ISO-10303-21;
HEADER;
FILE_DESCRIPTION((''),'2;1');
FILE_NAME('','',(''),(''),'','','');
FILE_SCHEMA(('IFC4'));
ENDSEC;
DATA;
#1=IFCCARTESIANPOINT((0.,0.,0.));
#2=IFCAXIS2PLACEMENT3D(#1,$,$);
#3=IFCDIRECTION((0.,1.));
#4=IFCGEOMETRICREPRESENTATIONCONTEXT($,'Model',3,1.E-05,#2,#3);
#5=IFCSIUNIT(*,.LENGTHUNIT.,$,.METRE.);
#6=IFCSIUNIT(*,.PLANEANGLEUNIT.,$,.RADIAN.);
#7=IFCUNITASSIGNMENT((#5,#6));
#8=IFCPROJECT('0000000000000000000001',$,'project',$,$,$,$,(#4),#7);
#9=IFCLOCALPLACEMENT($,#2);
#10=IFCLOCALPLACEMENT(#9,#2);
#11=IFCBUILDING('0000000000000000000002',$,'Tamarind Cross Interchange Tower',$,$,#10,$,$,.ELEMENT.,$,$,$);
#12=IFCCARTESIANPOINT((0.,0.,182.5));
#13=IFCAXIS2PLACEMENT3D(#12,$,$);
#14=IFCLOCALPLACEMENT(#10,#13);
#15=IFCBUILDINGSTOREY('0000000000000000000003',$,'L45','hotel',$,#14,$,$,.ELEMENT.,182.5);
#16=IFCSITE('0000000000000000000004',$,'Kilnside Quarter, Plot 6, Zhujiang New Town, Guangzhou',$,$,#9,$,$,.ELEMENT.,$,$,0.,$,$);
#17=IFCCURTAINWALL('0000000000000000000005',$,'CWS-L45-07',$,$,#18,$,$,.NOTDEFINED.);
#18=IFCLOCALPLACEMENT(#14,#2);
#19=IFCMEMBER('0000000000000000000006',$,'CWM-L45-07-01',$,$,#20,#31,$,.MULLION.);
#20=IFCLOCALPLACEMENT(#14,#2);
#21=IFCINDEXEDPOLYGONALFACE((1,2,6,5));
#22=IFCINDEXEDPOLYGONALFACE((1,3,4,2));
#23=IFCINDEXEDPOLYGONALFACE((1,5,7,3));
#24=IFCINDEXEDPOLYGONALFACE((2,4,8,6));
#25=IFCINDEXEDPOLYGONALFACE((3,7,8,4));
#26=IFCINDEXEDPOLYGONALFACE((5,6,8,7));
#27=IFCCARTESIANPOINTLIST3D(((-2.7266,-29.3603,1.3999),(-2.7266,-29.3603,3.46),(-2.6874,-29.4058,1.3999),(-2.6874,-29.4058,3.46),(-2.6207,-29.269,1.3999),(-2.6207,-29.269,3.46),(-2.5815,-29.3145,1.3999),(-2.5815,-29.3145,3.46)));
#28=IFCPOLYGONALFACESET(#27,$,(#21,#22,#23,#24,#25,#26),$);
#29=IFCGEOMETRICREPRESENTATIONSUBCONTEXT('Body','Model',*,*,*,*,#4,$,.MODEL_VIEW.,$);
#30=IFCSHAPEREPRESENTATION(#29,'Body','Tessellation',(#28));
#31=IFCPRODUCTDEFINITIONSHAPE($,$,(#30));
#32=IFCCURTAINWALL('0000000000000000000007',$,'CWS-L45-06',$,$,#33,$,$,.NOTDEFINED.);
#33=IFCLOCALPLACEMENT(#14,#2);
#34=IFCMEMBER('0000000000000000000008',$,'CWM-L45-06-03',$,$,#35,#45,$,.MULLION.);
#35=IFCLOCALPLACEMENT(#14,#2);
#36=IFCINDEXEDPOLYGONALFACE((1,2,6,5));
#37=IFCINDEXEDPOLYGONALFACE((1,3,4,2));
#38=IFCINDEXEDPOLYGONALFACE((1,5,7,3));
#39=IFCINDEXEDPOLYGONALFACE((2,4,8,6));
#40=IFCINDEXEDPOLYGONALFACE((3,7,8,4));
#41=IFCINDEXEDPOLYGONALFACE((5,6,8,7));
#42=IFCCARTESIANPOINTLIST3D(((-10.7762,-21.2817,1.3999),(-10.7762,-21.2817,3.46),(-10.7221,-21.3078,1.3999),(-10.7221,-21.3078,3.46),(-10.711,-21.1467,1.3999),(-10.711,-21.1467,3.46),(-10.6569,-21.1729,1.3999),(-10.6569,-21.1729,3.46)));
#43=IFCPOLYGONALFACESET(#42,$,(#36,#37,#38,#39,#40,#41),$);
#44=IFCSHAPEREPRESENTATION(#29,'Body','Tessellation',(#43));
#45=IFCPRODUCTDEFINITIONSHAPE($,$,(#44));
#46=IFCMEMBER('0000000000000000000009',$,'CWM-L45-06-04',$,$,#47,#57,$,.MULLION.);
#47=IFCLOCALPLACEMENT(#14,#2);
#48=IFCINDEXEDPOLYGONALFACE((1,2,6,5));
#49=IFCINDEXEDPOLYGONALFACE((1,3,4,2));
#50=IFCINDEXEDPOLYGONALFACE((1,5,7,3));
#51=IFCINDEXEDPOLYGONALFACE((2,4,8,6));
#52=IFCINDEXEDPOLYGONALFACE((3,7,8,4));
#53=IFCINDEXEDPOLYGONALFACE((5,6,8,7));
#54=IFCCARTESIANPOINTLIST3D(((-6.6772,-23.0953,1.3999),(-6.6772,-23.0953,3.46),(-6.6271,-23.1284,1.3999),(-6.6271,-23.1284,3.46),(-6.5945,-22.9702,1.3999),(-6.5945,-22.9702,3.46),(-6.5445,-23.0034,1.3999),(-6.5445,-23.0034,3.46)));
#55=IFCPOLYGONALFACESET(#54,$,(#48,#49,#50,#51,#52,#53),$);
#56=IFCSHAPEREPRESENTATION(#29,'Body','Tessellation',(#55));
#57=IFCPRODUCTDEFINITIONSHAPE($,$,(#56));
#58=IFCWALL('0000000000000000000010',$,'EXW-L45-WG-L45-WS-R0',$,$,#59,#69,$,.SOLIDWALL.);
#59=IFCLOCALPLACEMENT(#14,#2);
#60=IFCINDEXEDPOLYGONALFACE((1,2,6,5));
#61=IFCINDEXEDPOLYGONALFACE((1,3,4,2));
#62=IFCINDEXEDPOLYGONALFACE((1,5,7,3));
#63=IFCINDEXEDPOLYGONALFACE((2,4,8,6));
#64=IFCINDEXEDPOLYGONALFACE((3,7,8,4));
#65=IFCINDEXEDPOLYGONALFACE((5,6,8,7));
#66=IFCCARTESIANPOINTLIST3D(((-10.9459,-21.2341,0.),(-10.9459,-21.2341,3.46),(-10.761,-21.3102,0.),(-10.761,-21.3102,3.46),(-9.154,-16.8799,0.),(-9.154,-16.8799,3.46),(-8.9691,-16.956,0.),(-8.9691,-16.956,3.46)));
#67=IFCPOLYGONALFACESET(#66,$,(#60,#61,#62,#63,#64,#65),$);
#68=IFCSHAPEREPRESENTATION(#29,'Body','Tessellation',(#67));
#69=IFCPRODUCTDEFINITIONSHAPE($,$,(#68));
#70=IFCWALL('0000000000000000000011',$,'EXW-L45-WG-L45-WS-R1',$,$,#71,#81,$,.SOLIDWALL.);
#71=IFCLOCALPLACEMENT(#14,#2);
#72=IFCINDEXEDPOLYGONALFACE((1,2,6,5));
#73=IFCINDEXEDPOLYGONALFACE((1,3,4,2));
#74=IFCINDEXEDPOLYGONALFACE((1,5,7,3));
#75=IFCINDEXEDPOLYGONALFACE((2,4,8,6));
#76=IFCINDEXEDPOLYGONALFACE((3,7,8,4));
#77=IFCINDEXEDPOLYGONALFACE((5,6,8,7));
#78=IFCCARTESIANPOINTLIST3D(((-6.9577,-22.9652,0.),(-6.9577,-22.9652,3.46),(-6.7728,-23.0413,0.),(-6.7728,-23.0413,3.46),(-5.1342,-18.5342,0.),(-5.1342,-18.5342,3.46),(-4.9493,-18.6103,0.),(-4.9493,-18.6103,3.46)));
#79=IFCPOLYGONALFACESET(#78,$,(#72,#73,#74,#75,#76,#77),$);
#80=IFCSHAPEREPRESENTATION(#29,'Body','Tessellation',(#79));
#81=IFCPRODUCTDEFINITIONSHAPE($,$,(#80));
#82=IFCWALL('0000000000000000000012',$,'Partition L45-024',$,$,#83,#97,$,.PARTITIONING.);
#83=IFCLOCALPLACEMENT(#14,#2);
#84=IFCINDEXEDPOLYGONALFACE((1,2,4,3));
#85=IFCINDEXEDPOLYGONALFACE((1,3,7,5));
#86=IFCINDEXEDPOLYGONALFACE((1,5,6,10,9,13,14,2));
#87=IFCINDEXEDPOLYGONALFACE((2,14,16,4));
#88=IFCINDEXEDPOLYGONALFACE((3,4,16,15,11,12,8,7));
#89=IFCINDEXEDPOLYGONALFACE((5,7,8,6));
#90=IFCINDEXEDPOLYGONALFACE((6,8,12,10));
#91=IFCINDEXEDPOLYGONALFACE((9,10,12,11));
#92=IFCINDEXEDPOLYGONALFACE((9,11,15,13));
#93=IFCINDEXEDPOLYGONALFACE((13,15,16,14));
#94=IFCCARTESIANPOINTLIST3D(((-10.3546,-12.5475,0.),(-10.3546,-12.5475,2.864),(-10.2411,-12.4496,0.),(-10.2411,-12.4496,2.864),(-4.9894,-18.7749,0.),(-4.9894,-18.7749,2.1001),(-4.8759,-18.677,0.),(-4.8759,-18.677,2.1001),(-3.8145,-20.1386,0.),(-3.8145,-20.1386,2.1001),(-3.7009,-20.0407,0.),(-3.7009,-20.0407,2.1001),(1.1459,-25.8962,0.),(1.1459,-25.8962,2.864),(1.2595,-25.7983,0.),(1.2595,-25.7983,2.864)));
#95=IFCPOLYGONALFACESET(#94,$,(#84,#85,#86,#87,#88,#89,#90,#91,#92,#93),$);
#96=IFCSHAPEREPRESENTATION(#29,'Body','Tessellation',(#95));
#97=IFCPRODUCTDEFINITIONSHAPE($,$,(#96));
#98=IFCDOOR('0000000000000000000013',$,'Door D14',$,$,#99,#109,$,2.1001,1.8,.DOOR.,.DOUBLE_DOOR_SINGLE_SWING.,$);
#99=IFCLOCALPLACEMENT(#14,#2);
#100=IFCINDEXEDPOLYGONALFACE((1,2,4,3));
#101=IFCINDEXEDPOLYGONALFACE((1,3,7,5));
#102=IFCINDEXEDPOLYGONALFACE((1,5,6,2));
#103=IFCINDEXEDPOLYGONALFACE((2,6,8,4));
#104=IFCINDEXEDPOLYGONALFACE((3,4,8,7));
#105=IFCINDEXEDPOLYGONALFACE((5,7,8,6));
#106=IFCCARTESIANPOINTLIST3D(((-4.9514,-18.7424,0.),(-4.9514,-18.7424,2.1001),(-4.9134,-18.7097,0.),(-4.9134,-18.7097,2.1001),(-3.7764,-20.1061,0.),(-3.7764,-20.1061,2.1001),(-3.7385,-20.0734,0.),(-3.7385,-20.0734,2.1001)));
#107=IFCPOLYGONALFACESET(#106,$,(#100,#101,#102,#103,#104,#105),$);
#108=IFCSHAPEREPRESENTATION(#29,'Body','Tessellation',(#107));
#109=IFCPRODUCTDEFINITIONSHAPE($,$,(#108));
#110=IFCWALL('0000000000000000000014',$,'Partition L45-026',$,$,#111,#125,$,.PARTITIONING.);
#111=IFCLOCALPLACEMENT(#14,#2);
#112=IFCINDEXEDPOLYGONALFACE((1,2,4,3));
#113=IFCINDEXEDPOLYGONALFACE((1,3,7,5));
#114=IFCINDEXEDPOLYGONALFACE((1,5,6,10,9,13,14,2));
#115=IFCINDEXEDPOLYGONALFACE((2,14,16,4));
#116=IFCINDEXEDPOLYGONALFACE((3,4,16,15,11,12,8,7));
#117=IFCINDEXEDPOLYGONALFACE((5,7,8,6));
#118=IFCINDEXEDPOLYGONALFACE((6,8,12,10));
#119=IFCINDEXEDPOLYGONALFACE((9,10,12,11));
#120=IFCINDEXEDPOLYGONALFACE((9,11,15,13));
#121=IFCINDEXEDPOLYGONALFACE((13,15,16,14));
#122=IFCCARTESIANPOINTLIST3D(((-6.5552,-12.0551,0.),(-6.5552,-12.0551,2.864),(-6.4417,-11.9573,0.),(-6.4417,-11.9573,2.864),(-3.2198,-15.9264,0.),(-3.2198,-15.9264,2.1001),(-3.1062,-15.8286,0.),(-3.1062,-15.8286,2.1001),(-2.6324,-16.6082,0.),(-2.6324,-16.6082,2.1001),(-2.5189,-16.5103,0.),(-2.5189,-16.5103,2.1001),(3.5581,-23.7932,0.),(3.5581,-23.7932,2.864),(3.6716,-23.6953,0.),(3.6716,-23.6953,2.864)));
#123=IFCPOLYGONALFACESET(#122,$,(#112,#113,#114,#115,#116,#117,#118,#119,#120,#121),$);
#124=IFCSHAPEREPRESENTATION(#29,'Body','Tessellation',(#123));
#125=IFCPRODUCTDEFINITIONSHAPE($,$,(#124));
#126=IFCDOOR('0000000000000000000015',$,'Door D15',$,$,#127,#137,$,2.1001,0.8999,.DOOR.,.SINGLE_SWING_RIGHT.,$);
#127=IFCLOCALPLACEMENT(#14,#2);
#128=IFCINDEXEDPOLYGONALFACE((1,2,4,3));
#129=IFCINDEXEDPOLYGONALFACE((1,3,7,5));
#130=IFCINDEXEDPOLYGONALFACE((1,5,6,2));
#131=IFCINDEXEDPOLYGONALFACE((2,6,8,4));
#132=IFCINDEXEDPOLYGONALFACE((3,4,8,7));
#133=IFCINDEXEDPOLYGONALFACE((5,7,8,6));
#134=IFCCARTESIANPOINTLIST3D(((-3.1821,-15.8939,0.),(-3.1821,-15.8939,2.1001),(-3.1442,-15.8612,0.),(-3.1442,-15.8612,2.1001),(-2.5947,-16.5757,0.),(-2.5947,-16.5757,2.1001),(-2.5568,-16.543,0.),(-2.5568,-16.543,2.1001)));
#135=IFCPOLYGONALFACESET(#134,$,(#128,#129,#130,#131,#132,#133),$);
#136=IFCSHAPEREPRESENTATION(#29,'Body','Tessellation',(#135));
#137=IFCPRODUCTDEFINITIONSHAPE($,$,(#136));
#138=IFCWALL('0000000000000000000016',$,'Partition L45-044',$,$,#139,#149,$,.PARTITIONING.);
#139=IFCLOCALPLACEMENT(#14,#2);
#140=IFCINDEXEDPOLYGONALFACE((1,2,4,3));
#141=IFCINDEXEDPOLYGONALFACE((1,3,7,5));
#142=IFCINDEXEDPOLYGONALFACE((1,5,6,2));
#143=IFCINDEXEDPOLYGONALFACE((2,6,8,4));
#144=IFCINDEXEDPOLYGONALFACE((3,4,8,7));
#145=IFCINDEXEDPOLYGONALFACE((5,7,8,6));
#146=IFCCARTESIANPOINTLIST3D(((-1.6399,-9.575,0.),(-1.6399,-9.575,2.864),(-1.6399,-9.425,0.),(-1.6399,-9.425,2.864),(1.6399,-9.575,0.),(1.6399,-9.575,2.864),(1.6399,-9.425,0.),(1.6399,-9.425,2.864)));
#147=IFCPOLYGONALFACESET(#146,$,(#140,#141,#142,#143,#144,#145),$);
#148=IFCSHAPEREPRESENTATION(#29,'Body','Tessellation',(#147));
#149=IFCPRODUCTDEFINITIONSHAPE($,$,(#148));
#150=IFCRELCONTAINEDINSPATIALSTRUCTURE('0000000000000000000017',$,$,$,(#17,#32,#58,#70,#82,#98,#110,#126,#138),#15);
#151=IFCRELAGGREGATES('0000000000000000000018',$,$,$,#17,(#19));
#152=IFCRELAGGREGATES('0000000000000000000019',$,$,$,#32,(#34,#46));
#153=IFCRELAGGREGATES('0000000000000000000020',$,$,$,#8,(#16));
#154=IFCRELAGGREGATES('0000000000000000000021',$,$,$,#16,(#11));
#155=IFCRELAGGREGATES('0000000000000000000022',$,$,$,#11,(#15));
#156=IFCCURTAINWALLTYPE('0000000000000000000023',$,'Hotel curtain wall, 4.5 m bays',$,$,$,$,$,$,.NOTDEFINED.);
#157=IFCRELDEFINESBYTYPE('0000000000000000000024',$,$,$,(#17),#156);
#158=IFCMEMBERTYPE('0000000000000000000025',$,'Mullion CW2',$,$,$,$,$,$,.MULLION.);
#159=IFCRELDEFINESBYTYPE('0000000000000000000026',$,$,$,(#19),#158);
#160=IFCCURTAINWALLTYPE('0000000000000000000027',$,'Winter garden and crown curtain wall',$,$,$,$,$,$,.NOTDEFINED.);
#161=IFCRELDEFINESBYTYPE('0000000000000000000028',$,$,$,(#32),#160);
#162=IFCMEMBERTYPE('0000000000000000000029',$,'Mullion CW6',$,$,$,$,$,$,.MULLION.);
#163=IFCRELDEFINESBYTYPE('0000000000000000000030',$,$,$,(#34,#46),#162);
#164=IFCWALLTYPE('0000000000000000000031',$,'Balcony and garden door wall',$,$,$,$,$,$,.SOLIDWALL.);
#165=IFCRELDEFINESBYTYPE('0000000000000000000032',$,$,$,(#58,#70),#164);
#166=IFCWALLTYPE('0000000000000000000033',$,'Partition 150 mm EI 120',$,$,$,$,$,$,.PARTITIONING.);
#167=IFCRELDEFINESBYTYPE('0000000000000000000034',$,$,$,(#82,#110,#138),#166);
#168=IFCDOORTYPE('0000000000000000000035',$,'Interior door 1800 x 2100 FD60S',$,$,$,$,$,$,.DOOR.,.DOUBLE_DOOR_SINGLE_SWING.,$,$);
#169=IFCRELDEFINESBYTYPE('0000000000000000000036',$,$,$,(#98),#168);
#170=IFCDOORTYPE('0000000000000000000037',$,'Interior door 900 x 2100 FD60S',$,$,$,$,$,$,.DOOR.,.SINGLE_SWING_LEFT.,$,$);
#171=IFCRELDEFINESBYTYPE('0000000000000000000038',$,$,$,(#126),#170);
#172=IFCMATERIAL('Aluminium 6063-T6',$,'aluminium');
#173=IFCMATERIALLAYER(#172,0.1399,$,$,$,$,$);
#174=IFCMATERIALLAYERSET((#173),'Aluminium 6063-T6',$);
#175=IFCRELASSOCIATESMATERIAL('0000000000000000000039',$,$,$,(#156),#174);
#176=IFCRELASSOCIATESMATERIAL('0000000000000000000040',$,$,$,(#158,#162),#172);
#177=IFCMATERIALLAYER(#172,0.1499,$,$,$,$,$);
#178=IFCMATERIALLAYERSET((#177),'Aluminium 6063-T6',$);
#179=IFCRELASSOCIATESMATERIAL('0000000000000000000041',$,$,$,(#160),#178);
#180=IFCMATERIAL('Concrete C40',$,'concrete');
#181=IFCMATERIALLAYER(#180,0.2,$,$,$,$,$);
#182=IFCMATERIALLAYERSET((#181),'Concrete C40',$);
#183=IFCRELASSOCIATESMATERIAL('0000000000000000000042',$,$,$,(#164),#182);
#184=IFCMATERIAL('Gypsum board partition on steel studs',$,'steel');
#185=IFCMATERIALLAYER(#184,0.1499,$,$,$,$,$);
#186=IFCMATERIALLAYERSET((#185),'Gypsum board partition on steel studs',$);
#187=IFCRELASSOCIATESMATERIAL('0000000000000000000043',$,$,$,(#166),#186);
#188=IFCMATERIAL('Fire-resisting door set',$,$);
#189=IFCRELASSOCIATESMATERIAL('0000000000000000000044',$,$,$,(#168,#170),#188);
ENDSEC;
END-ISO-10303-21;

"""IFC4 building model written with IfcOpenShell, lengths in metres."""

from ifc_helpers import new_model, si_unit, direction, frame, frame_2d, origin, origin_2d, place, context, subcontext, project, spatial, rectangle, extrude, material, layer, layer_set, material_profile, profile_set, type_object, element, fill, aggregate, save


model = new_model("IFC4")

# Units and contexts
model_context = context("Model", 3, precision=1e-05, world=origin(), true_north=direction((0.0, 1.0)))
body_context = subcontext(model_context, "Body", "Model", "MODEL_VIEW")
ifc_project = project(units=[si_unit("LENGTHUNIT", "METRE"), si_unit("PLANEANGLEUNIT", "RADIAN")], contexts=[model_context])

# Site, building, storey
site_placement = place(None, origin())
site = spatial("IfcSite", under=ifc_project, at=site_placement, Name="Kilnside Quarter, Plot 6, Zhujiang New Town, Guangzhou", CompositionType="ELEMENT", RefElevation=0.0)
building_placement = place(site_placement, origin())
building = spatial("IfcBuilding", under=site, at=building_placement, Name="Tamarind Cross Interchange Tower", CompositionType="ELEMENT")
storey_placement = place(building_placement, frame((0.0, 0.0, 182.5)))
storey = spatial("IfcBuildingStorey", under=building, at=storey_placement, Name="L45", Description="hotel", CompositionType="ELEMENT", Elevation=182.5)

# Curtain walls, members
ifc_material_1 = material(Name="Aluminium 6063-T6", Category="aluminium")
ifc_layer_1 = layer(ifc_material_1, 0.1399)
ifc_layer_set_1 = layer_set([ifc_layer_1], Name="Aluminium 6063-T6")
curtain_wall_type_1 = type_object("IfcCurtainWallType", Name="Hotel curtain wall, 4.5 m bays", PredefinedType="NOTDEFINED", material=ifc_layer_set_1)
curtain_wall_1_placement = place(storey_placement, origin())
curtain_wall_1 = element("IfcCurtainWall", 1, at=curtain_wall_1_placement, inside=storey, type_object=curtain_wall_type_1, Name="CWS-L45-07", PredefinedType="NOTDEFINED")
ifc_material_profile_1 = material_profile(ifc_material_1, rectangle(XDim=0.0601, YDim=0.1399, at=origin_2d()), Name="Mullion CW2")
ifc_profile_set_1 = profile_set([ifc_material_profile_1], Name="Aluminium 6063-T6")
member_type_1 = type_object("IfcMemberType", Name="Mullion CW2", PredefinedType="MULLION", material=ifc_profile_set_1)
member_1_placement = place(storey_placement, frame((-2.6541, -29.3374, 1.3999), z_axis=(0.0, 0.0, 1.0), x_axis=(0.652723, -0.757597, 0.0)))
member_1 = element("IfcMember", 2, at=member_1_placement, type_object=member_type_1, Name="CWM-L45-07-01", PredefinedType="MULLION", context=body_context, shape_type="SweptSolid", body=[
    extrude(rectangle(XDim=0.0601, YDim=0.1399, at=origin_2d()), origin(), (0.0, 0.0, 1.0), 2.0601),
])
aggregate(curtain_wall_1, [member_1])
ifc_layer_2 = layer(ifc_material_1, 0.1499)
ifc_layer_set_2 = layer_set([ifc_layer_2], Name="Aluminium 6063-T6")
curtain_wall_type_2 = type_object("IfcCurtainWallType", Name="Winter garden and crown curtain wall", PredefinedType="NOTDEFINED", material=ifc_layer_set_2)
curtain_wall_2_placement = place(storey_placement, origin())
curtain_wall_2 = element("IfcCurtainWall", 3, at=curtain_wall_2_placement, inside=storey, type_object=curtain_wall_type_2, Name="CWS-L45-06", PredefinedType="NOTDEFINED")
ifc_material_profile_2 = material_profile(ifc_material_1, rectangle(XDim=0.0601, YDim=0.1499, at=origin_2d()), Name="Mullion CW6")
ifc_profile_set_2 = profile_set([ifc_material_profile_2], Name="Aluminium 6063-T6")
member_type_2 = type_object("IfcMemberType", Name="Mullion CW6", PredefinedType="MULLION", material=ifc_profile_set_2)
member_2_placement = place(storey_placement, frame((-10.7166, -21.2273, 1.3999), z_axis=(0.0, 0.0, 1.0), x_axis=(0.900273, -0.435326, 0.0)))
member_2 = element("IfcMember", 4, at=member_2_placement, type_object=member_type_2, Name="CWM-L45-06-03", PredefinedType="MULLION", context=body_context, shape_type="SweptSolid", body=[
    extrude(rectangle(XDim=0.0601, YDim=0.1499, at=origin_2d()), origin(), (0.0, 0.0, 1.0), 2.0601),
])
member_3_placement = place(storey_placement, frame((-6.6108, -23.0493, 1.3999), z_axis=(0.0, 0.0, 1.0), x_axis=(0.834137, -0.551557, 0.0)))
member_3 = element("IfcMember", 5, at=member_3_placement, type_object=member_type_2, Name="CWM-L45-06-04", PredefinedType="MULLION", context=body_context, shape_type="SweptSolid", body=[
    extrude(rectangle(XDim=0.0601, YDim=0.1499, at=origin_2d()), origin(), (0.0, 0.0, 1.0), 2.0601),
])
aggregate(curtain_wall_2, [member_2, member_3])

# Shared definitions
ifc_material_2 = material(Name="Concrete C40", Category="concrete")
ifc_layer_3 = layer(ifc_material_2, 0.2)
ifc_layer_set_3 = layer_set([ifc_layer_3], Name="Concrete C40")
wall_type_1 = type_object("IfcWallType", Name="Balcony and garden door wall", PredefinedType="SOLIDWALL", material=ifc_layer_set_3)

# Walls
wall_1_placement = place(storey_placement, frame((-9.0615, -16.918, 0.0), z_axis=(0.0, 0.0, 1.0), x_axis=(-0.38058, -0.924748, 0.0)))
element("IfcWall", 6, at=wall_1_placement, inside=storey, type_object=wall_type_1, Name="EXW-L45-WG-L45-WS-R0", PredefinedType="SOLIDWALL", context=body_context, shape_type="SweptSolid", body=[
    extrude(rectangle(XDim=4.7085, YDim=0.2, at=frame_2d((2.3542, 0.0))), origin(), (0.0, 0.0, 1.0), 3.46),
])
wall_2_placement = place(storey_placement, frame((-5.0417, -18.5723, 0.0), z_axis=(0.0, 0.0, 1.0), x_axis=(-0.38057, -0.924752, 0.0)))
element("IfcWall", 7, at=wall_2_placement, inside=storey, type_object=wall_type_1, Name="EXW-L45-WG-L45-WS-R1", PredefinedType="SOLIDWALL", context=body_context, shape_type="SweptSolid", body=[
    extrude(rectangle(XDim=4.7915, YDim=0.2, at=frame_2d((2.3958, 0.0))), origin(), (0.0, 0.0, 1.0), 3.46),
])

# Walls, openings, doors
ifc_material_3 = material(Name="Gypsum board partition on steel studs", Category="steel")
ifc_layer_4 = layer(ifc_material_3, 0.1499)
ifc_layer_set_4 = layer_set([ifc_layer_4], Name="Gypsum board partition on steel studs")
wall_type_2 = type_object("IfcWallType", Name="Partition 150 mm EI 120", PredefinedType="PARTITIONING", material=ifc_layer_set_4)
wall_3_placement = place(storey_placement, frame((-10.2979, -12.4985, 0.0), z_axis=(0.0, 0.0, 1.0), x_axis=(0.652713, -0.757605, 0.0)))
wall_3 = element("IfcWall", 8, at=wall_3_placement, inside=storey, type_object=wall_type_2, Name="Partition L45-024", PredefinedType="PARTITIONING", context=body_context, shape_type="SweptSolid", body=[
    extrude(rectangle(XDim=17.6196, YDim=0.1499, at=frame_2d((8.8098, 0.0))), origin(), (0.0, 0.0, 1.0), 2.864),
])
opening_1_placement = place(wall_3_placement, frame((8.22, 0.0, 0.0)))
opening_1 = element("IfcOpeningElement", 9, at=opening_1_placement, cuts=wall_3, PredefinedType="OPENING", context=body_context, shape_type="SweptSolid", body=[
    extrude(rectangle(XDim=1.8, YDim=2.1001, at=frame_2d((0.8999, 1.05))), frame((0.0, 0.085, 0.0), z_axis=(0.0, -1.0, 0.0), x_axis=(1.0, 0.0, 0.0)), (0.0, 0.0, 1.0), 0.1699),
])
ifc_material_4 = material(Name="Fire-resisting door set")
door_type_1 = type_object("IfcDoorType", Name="Interior door 1800 x 2100 FD60S", OperationType="DOUBLE_DOOR_SINGLE_SWING", PredefinedType="DOOR", material=ifc_material_4)
door_1_placement = place(opening_1_placement, frame((1.8, 0.0, 0.0), z_axis=(0.0, 0.0, 1.0), x_axis=(-1.0, 0.0, 0.0)))
door_1 = element("IfcDoor", 10, at=door_1_placement, inside=storey, type_object=door_type_1, Name="Door D14", OperationType="DOUBLE_DOOR_SINGLE_SWING", OverallHeight=2.1001, OverallWidth=1.8, PredefinedType="DOOR", context=body_context, shape_type="SweptSolid", body=[
    extrude(rectangle(XDim=1.8, YDim=2.1001, at=frame_2d((0.8999, 1.05))), frame((0.0, 0.0249, 0.0), z_axis=(0.0, -1.0, 0.0), x_axis=(1.0, 0.0, 0.0)), (0.0, 0.0, 1.0), 0.05),
])
fill(opening_1, door_1)
wall_4_placement = place(storey_placement, frame((-6.4985, -12.0061, 0.0), z_axis=(0.0, 0.0, 1.0), x_axis=(0.652728, -0.757592, 0.0)))
wall_4 = element("IfcWall", 11, at=wall_4_placement, inside=storey, type_object=wall_type_2, Name="Partition L45-026", PredefinedType="PARTITIONING", context=body_context, shape_type="SweptSolid", body=[
    extrude(rectangle(XDim=15.4939, YDim=0.1499, at=frame_2d((7.7471, 0.0))), origin(), (0.0, 0.0, 1.0), 2.864),
])
opening_2_placement = place(wall_4_placement, frame((5.1101, 0.0, 0.0)))
opening_2 = element("IfcOpeningElement", 12, at=opening_2_placement, cuts=wall_4, PredefinedType="OPENING", context=body_context, shape_type="SweptSolid", body=[
    extrude(rectangle(XDim=0.8999, YDim=2.1001, at=frame_2d((0.45, 1.05))), frame((0.0, 0.085, 0.0), z_axis=(0.0, -1.0, 0.0), x_axis=(1.0, 0.0, 0.0)), (0.0, 0.0, 1.0), 0.1699),
])
door_type_2 = type_object("IfcDoorType", Name="Interior door 900 x 2100 FD60S", OperationType="SINGLE_SWING_LEFT", PredefinedType="DOOR", material=ifc_material_4)
door_2_placement = place(opening_2_placement, origin())
door_2 = element("IfcDoor", 13, at=door_2_placement, inside=storey, type_object=door_type_2, Name="Door D15", OperationType="SINGLE_SWING_RIGHT", OverallHeight=2.1001, OverallWidth=0.8999, PredefinedType="DOOR", context=body_context, shape_type="SweptSolid", body=[
    extrude(rectangle(XDim=0.8999, YDim=2.1001, at=frame_2d((0.45, 1.05))), frame((0.0, 0.0249, 0.0), z_axis=(0.0, -1.0, 0.0), x_axis=(1.0, 0.0, 0.0)), (0.0, 0.0, 1.0), 0.05),
])
fill(opening_2, door_2)

# Wall
wall_5_placement = place(storey_placement, frame((-1.6399, -9.5, 0.0), z_axis=(0.0, 0.0, 1.0), x_axis=(1.0, 0.0, 0.0)))
element("IfcWall", 14, at=wall_5_placement, inside=storey, type_object=wall_type_2, Name="Partition L45-044", PredefinedType="PARTITIONING", context=body_context, shape_type="SweptSolid", body=[
    extrude(rectangle(XDim=3.2798, YDim=0.1499, at=frame_2d((1.6399, 0.0))), origin(), (0.0, 0.0, 1.0), 2.864),
])

save(model, "model.ifc")
